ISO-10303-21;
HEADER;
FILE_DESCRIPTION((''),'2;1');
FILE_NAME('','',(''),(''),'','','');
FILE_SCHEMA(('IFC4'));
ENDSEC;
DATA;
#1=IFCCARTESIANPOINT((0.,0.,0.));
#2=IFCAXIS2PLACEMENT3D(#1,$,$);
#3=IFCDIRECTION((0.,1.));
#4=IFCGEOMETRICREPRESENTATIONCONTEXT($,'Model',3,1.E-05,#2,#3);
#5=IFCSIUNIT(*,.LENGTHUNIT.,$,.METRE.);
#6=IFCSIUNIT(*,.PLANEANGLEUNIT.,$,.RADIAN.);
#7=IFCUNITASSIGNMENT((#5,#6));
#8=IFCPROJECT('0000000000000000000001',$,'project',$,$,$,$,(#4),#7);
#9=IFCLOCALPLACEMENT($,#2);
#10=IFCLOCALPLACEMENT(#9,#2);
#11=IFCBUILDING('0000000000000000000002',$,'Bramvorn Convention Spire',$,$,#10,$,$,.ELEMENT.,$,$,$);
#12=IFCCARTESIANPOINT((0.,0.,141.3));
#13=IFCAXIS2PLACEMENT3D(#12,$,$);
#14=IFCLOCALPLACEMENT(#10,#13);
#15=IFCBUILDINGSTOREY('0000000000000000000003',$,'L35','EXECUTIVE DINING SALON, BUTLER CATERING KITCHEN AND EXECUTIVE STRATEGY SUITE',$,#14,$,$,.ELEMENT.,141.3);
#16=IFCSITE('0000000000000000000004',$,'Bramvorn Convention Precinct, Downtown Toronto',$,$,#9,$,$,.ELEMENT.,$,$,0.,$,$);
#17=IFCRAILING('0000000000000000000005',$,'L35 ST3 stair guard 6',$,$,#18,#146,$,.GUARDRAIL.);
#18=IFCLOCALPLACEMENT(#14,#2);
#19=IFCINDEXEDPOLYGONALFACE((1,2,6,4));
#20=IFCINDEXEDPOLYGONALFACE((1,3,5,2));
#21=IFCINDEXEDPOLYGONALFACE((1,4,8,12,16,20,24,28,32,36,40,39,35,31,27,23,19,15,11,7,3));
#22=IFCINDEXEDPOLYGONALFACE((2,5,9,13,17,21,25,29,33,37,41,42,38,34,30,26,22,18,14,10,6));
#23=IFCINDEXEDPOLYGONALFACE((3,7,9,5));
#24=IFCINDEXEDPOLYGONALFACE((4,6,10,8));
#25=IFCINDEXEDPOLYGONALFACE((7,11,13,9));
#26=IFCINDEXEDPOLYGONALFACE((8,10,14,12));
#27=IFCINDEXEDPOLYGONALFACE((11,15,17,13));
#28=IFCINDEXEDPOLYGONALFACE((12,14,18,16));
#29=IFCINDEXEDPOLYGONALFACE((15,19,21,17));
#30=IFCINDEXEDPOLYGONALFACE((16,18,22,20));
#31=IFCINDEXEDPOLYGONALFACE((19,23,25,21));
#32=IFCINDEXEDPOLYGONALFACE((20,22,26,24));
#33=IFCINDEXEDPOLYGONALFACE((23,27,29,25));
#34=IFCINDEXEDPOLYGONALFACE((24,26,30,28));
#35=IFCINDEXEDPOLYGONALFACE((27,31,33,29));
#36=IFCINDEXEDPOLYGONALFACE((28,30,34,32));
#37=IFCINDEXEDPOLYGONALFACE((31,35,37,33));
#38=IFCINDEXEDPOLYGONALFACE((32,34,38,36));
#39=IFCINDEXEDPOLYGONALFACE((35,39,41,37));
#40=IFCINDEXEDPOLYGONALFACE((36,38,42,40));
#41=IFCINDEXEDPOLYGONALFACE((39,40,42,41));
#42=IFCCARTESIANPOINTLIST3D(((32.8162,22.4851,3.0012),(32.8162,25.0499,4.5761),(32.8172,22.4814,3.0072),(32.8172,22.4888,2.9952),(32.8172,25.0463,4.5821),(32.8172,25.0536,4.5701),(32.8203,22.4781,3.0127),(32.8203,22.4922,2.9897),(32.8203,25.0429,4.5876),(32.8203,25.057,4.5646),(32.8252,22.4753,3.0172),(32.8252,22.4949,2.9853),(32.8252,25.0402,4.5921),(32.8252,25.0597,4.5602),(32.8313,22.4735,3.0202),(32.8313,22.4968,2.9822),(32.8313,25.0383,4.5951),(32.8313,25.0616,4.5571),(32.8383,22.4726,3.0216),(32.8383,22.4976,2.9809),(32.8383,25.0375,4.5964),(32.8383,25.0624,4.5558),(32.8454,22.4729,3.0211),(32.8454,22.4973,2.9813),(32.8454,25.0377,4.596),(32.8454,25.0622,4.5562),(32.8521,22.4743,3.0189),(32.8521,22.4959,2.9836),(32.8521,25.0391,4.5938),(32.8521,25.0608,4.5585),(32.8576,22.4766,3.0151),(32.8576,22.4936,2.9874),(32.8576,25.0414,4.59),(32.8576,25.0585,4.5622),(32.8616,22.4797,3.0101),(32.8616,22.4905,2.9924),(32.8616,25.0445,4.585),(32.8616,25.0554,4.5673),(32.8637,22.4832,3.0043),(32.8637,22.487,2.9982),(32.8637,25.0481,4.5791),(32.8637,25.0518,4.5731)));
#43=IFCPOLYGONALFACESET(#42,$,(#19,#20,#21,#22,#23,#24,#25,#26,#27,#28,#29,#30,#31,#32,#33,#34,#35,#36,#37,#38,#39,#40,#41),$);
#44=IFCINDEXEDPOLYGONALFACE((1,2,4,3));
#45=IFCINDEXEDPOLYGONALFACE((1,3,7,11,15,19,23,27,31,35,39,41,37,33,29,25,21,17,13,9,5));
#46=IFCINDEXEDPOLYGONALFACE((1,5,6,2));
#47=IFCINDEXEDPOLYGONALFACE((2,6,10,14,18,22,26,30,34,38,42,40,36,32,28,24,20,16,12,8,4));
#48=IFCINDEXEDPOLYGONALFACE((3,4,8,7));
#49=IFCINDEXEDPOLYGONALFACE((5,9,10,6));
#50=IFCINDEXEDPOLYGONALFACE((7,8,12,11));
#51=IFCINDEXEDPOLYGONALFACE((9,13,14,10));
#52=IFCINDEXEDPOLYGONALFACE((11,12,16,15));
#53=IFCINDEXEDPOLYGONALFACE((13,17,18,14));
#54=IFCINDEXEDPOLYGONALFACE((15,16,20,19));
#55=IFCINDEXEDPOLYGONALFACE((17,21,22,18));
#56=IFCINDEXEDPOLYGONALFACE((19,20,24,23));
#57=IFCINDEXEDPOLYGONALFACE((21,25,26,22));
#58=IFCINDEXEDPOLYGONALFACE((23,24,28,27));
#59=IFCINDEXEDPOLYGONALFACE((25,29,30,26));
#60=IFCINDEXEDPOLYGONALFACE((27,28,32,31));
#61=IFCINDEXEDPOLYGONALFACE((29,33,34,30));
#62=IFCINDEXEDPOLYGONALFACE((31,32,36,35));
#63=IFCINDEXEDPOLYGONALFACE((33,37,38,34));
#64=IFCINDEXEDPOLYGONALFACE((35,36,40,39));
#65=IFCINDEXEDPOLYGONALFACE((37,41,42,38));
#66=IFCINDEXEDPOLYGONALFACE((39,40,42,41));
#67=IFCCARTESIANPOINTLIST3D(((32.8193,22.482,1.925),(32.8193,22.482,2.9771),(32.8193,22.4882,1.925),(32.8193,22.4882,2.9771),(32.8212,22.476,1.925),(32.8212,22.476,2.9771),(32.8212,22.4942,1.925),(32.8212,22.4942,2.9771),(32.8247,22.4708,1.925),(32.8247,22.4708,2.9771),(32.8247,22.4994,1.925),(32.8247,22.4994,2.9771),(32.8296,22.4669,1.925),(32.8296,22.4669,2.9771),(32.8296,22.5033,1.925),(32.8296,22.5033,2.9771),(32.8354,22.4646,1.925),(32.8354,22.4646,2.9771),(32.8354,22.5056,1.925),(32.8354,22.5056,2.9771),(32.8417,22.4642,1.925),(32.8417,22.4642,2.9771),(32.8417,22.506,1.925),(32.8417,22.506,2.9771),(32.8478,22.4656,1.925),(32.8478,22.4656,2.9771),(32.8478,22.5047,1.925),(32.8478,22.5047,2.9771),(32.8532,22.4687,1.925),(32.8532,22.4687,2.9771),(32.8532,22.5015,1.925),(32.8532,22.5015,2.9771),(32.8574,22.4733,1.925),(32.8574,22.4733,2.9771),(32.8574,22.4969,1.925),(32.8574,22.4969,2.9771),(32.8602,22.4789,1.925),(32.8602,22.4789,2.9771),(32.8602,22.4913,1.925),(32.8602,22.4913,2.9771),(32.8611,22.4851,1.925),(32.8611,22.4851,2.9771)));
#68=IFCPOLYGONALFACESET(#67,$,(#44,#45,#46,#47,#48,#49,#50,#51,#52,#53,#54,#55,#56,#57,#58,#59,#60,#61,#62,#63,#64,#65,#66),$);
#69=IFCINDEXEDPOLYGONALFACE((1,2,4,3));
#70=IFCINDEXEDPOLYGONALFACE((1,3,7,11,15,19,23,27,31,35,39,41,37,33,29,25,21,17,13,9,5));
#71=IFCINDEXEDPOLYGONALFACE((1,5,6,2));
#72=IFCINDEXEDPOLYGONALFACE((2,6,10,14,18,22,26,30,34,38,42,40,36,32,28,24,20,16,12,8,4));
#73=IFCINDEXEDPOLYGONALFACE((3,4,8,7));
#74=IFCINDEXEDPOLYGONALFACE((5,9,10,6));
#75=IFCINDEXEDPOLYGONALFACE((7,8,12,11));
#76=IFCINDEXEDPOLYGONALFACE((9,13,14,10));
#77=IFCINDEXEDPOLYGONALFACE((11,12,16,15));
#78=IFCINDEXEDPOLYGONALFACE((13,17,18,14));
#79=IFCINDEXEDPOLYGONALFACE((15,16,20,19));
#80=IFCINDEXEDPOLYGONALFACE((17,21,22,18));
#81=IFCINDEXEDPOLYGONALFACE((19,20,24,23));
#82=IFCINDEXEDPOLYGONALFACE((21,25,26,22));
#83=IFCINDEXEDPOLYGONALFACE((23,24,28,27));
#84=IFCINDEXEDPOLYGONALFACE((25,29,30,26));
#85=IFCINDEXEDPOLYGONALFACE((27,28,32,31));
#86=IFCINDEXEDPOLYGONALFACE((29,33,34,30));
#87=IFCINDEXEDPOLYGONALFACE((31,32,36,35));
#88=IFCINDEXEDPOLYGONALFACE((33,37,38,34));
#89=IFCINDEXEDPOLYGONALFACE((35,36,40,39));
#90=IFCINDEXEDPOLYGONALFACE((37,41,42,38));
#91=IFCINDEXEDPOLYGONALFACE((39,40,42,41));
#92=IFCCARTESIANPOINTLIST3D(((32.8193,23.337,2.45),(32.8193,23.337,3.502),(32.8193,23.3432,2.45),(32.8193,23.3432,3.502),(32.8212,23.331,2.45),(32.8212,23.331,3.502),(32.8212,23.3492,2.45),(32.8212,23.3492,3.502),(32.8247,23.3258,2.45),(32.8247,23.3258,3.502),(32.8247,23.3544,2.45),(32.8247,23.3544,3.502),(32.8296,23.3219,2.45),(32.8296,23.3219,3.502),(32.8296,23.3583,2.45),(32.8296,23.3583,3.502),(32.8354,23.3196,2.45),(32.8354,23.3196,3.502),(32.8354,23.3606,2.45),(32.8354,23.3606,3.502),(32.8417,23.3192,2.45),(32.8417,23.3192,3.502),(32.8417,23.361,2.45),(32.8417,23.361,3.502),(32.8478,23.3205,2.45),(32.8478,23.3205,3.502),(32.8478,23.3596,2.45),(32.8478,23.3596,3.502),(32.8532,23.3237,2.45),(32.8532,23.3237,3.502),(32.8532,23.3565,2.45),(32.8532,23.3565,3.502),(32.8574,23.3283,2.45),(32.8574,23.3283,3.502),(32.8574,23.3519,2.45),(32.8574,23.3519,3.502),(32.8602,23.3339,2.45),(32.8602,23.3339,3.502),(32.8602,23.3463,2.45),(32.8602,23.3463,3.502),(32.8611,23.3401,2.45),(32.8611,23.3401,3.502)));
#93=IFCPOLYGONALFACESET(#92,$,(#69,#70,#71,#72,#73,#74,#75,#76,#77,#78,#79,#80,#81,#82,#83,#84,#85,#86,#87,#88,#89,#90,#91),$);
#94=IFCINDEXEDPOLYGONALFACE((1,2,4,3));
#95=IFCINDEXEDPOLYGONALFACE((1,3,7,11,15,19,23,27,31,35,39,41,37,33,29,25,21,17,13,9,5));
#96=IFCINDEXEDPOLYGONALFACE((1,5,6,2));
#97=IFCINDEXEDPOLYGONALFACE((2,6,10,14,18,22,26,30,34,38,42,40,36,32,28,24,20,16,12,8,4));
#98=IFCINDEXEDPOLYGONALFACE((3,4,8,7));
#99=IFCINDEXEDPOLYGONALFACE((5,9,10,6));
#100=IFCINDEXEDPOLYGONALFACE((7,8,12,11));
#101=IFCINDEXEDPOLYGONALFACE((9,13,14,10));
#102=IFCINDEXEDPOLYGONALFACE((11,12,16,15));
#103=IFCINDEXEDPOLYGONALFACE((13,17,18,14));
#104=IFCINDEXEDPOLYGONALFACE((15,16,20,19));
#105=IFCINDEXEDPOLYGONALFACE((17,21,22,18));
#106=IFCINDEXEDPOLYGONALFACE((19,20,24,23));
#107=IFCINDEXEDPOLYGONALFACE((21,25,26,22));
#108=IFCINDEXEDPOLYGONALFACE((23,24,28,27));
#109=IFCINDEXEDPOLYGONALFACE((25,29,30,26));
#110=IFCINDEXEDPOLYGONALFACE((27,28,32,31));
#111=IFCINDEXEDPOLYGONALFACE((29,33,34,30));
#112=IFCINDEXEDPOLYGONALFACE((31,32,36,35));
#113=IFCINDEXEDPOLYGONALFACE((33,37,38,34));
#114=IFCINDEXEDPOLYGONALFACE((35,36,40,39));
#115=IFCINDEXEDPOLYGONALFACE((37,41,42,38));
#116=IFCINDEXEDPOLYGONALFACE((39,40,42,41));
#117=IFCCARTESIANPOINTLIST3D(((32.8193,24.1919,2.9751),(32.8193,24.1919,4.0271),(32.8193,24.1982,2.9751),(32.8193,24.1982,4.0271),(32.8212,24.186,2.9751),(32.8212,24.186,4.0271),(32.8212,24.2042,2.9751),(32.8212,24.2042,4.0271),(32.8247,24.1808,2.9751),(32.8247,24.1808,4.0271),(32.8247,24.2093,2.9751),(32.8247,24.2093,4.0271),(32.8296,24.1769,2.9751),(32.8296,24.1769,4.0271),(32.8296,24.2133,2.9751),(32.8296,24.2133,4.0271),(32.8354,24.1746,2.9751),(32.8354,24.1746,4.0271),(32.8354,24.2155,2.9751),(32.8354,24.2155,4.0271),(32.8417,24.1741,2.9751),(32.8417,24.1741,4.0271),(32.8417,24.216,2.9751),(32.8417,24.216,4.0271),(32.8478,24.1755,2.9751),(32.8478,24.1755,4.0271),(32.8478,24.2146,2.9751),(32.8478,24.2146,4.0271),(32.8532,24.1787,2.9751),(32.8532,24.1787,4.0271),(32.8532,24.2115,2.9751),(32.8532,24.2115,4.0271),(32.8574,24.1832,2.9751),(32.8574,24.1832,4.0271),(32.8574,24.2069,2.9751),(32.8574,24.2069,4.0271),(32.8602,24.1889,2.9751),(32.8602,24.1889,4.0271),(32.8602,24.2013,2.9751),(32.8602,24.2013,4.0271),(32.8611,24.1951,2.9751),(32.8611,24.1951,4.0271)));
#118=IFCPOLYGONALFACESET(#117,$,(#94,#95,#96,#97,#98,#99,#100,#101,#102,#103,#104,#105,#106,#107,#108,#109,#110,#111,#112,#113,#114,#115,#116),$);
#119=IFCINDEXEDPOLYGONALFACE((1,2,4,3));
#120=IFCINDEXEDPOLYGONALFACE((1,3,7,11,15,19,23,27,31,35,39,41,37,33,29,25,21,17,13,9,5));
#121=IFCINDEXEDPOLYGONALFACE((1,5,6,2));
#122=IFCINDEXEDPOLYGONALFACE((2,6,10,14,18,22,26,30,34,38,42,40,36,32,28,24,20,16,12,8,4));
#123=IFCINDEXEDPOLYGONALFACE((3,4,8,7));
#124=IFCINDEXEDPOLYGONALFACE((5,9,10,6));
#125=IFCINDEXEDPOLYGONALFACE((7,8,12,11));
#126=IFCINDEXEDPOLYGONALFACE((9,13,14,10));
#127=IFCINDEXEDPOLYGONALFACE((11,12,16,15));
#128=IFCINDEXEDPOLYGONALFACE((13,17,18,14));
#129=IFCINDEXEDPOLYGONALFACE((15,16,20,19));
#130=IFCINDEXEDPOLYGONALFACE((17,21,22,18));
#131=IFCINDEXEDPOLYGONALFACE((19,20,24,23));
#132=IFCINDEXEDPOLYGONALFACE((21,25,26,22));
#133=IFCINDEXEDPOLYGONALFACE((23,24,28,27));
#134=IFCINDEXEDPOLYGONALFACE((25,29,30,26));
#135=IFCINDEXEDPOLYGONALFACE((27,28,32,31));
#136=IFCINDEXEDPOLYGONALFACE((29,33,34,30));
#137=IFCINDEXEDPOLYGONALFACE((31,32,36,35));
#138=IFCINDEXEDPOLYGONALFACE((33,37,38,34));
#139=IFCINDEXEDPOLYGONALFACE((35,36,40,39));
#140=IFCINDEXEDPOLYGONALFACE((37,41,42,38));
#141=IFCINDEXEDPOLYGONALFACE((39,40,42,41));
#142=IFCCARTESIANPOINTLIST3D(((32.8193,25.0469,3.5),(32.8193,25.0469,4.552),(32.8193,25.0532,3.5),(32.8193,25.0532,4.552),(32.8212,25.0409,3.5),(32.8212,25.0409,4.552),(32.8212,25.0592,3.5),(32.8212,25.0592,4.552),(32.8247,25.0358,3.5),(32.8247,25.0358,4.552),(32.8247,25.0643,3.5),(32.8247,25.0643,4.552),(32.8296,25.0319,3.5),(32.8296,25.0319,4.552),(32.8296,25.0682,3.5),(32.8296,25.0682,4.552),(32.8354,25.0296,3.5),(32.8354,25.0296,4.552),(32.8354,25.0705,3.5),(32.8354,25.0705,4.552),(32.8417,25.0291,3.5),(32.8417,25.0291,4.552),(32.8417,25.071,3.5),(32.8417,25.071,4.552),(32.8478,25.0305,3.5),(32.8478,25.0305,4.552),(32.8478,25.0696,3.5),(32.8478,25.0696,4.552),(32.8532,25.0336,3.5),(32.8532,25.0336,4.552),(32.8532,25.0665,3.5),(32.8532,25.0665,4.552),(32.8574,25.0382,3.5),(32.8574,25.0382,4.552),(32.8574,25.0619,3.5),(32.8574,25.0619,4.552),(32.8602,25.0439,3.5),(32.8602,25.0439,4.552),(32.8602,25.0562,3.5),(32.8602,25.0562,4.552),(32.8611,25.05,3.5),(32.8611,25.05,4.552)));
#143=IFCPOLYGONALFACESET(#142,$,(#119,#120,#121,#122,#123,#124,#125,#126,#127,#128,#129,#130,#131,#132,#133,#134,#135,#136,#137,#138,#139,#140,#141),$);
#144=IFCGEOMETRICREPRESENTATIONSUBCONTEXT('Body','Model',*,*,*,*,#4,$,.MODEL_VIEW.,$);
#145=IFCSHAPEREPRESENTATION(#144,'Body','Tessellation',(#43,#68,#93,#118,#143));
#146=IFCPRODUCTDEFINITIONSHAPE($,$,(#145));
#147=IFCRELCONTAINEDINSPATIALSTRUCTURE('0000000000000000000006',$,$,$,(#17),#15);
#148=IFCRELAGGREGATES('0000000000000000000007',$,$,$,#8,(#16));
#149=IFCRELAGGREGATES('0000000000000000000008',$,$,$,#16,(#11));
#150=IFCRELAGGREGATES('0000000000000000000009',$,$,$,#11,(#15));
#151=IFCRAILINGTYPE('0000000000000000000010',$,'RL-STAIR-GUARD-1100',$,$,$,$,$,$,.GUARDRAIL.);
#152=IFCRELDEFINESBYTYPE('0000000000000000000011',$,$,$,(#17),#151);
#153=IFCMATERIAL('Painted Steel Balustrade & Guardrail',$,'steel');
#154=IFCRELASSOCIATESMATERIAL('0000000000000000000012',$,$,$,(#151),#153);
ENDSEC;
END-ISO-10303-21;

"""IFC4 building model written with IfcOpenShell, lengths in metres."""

from ifc_helpers import new_model, si_unit, direction, frame, origin, origin_2d, place, context, subcontext, project, spatial, circle, extrude, material, type_object, element, save


model = new_model("IFC4")

# Units and contexts
model_context = context("Model", 3, precision=1e-05, world=origin(), true_north=direction((0.0, 1.0)))
body_context = subcontext(model_context, "Body", "Model", "MODEL_VIEW")
ifc_project = project(units=[si_unit("LENGTHUNIT", "METRE"), si_unit("PLANEANGLEUNIT", "RADIAN")], contexts=[model_context])

# Site, building, storey
site_placement = place(None, origin())
site = spatial("IfcSite", under=ifc_project, at=site_placement, Name="Bramvorn Convention Precinct, Downtown Toronto", CompositionType="ELEMENT", RefElevation=0.0)
building_placement = place(site_placement, origin())
building = spatial("IfcBuilding", under=site, at=building_placement, Name="Bramvorn Convention Spire", CompositionType="ELEMENT")
storey_placement = place(building_placement, frame((0.0, 0.0, 141.3)))
storey = spatial("IfcBuildingStorey", under=building, at=storey_placement, Name="L35", Description="EXECUTIVE DINING SALON, BUTLER CATERING KITCHEN AND EXECUTIVE STRATEGY SUITE", CompositionType="ELEMENT", Elevation=141.3)

# Railing
ifc_material_1 = material(Name="Painted Steel Balustrade & Guardrail", Category="steel")
railing_type_1 = type_object("IfcRailingType", Name="RL-STAIR-GUARD-1100", PredefinedType="GUARDRAIL", material=ifc_material_1)
railing_1_placement = place(storey_placement, frame((32.8401, 22.4851, 1.925)))
element("IfcRailing", 1, at=railing_1_placement, inside=storey, type_object=railing_type_1, Name="L35 ST3 stair guard 6", PredefinedType="GUARDRAIL", context=body_context, shape_type="SweptSolid", body=[
    extrude(circle(Radius=0.0239, at=origin_2d()), frame((0.0, 0.0, 1.0762), z_axis=(0.0, 0.852173, 0.52326), x_axis=(-1.0, 0.0, 0.0)), (0.0, 0.0, 1.0), 3.0098),
    extrude(circle(Radius=0.021, at=origin_2d()), origin(), (0.0, 0.0, 1.0), 1.052),
    extrude(circle(Radius=0.021, at=origin_2d()), frame((0.0, 0.855, 0.5249)), (0.0, 0.0, 1.0), 1.052),
    extrude(circle(Radius=0.021, at=origin_2d()), frame((0.0, 1.71, 1.05)), (0.0, 0.0, 1.0), 1.052),
    extrude(circle(Radius=0.021, at=origin_2d()), frame((0.0, 2.5649, 1.575)), (0.0, 0.0, 1.0), 1.052),
])

save(model, "model.ifc")
